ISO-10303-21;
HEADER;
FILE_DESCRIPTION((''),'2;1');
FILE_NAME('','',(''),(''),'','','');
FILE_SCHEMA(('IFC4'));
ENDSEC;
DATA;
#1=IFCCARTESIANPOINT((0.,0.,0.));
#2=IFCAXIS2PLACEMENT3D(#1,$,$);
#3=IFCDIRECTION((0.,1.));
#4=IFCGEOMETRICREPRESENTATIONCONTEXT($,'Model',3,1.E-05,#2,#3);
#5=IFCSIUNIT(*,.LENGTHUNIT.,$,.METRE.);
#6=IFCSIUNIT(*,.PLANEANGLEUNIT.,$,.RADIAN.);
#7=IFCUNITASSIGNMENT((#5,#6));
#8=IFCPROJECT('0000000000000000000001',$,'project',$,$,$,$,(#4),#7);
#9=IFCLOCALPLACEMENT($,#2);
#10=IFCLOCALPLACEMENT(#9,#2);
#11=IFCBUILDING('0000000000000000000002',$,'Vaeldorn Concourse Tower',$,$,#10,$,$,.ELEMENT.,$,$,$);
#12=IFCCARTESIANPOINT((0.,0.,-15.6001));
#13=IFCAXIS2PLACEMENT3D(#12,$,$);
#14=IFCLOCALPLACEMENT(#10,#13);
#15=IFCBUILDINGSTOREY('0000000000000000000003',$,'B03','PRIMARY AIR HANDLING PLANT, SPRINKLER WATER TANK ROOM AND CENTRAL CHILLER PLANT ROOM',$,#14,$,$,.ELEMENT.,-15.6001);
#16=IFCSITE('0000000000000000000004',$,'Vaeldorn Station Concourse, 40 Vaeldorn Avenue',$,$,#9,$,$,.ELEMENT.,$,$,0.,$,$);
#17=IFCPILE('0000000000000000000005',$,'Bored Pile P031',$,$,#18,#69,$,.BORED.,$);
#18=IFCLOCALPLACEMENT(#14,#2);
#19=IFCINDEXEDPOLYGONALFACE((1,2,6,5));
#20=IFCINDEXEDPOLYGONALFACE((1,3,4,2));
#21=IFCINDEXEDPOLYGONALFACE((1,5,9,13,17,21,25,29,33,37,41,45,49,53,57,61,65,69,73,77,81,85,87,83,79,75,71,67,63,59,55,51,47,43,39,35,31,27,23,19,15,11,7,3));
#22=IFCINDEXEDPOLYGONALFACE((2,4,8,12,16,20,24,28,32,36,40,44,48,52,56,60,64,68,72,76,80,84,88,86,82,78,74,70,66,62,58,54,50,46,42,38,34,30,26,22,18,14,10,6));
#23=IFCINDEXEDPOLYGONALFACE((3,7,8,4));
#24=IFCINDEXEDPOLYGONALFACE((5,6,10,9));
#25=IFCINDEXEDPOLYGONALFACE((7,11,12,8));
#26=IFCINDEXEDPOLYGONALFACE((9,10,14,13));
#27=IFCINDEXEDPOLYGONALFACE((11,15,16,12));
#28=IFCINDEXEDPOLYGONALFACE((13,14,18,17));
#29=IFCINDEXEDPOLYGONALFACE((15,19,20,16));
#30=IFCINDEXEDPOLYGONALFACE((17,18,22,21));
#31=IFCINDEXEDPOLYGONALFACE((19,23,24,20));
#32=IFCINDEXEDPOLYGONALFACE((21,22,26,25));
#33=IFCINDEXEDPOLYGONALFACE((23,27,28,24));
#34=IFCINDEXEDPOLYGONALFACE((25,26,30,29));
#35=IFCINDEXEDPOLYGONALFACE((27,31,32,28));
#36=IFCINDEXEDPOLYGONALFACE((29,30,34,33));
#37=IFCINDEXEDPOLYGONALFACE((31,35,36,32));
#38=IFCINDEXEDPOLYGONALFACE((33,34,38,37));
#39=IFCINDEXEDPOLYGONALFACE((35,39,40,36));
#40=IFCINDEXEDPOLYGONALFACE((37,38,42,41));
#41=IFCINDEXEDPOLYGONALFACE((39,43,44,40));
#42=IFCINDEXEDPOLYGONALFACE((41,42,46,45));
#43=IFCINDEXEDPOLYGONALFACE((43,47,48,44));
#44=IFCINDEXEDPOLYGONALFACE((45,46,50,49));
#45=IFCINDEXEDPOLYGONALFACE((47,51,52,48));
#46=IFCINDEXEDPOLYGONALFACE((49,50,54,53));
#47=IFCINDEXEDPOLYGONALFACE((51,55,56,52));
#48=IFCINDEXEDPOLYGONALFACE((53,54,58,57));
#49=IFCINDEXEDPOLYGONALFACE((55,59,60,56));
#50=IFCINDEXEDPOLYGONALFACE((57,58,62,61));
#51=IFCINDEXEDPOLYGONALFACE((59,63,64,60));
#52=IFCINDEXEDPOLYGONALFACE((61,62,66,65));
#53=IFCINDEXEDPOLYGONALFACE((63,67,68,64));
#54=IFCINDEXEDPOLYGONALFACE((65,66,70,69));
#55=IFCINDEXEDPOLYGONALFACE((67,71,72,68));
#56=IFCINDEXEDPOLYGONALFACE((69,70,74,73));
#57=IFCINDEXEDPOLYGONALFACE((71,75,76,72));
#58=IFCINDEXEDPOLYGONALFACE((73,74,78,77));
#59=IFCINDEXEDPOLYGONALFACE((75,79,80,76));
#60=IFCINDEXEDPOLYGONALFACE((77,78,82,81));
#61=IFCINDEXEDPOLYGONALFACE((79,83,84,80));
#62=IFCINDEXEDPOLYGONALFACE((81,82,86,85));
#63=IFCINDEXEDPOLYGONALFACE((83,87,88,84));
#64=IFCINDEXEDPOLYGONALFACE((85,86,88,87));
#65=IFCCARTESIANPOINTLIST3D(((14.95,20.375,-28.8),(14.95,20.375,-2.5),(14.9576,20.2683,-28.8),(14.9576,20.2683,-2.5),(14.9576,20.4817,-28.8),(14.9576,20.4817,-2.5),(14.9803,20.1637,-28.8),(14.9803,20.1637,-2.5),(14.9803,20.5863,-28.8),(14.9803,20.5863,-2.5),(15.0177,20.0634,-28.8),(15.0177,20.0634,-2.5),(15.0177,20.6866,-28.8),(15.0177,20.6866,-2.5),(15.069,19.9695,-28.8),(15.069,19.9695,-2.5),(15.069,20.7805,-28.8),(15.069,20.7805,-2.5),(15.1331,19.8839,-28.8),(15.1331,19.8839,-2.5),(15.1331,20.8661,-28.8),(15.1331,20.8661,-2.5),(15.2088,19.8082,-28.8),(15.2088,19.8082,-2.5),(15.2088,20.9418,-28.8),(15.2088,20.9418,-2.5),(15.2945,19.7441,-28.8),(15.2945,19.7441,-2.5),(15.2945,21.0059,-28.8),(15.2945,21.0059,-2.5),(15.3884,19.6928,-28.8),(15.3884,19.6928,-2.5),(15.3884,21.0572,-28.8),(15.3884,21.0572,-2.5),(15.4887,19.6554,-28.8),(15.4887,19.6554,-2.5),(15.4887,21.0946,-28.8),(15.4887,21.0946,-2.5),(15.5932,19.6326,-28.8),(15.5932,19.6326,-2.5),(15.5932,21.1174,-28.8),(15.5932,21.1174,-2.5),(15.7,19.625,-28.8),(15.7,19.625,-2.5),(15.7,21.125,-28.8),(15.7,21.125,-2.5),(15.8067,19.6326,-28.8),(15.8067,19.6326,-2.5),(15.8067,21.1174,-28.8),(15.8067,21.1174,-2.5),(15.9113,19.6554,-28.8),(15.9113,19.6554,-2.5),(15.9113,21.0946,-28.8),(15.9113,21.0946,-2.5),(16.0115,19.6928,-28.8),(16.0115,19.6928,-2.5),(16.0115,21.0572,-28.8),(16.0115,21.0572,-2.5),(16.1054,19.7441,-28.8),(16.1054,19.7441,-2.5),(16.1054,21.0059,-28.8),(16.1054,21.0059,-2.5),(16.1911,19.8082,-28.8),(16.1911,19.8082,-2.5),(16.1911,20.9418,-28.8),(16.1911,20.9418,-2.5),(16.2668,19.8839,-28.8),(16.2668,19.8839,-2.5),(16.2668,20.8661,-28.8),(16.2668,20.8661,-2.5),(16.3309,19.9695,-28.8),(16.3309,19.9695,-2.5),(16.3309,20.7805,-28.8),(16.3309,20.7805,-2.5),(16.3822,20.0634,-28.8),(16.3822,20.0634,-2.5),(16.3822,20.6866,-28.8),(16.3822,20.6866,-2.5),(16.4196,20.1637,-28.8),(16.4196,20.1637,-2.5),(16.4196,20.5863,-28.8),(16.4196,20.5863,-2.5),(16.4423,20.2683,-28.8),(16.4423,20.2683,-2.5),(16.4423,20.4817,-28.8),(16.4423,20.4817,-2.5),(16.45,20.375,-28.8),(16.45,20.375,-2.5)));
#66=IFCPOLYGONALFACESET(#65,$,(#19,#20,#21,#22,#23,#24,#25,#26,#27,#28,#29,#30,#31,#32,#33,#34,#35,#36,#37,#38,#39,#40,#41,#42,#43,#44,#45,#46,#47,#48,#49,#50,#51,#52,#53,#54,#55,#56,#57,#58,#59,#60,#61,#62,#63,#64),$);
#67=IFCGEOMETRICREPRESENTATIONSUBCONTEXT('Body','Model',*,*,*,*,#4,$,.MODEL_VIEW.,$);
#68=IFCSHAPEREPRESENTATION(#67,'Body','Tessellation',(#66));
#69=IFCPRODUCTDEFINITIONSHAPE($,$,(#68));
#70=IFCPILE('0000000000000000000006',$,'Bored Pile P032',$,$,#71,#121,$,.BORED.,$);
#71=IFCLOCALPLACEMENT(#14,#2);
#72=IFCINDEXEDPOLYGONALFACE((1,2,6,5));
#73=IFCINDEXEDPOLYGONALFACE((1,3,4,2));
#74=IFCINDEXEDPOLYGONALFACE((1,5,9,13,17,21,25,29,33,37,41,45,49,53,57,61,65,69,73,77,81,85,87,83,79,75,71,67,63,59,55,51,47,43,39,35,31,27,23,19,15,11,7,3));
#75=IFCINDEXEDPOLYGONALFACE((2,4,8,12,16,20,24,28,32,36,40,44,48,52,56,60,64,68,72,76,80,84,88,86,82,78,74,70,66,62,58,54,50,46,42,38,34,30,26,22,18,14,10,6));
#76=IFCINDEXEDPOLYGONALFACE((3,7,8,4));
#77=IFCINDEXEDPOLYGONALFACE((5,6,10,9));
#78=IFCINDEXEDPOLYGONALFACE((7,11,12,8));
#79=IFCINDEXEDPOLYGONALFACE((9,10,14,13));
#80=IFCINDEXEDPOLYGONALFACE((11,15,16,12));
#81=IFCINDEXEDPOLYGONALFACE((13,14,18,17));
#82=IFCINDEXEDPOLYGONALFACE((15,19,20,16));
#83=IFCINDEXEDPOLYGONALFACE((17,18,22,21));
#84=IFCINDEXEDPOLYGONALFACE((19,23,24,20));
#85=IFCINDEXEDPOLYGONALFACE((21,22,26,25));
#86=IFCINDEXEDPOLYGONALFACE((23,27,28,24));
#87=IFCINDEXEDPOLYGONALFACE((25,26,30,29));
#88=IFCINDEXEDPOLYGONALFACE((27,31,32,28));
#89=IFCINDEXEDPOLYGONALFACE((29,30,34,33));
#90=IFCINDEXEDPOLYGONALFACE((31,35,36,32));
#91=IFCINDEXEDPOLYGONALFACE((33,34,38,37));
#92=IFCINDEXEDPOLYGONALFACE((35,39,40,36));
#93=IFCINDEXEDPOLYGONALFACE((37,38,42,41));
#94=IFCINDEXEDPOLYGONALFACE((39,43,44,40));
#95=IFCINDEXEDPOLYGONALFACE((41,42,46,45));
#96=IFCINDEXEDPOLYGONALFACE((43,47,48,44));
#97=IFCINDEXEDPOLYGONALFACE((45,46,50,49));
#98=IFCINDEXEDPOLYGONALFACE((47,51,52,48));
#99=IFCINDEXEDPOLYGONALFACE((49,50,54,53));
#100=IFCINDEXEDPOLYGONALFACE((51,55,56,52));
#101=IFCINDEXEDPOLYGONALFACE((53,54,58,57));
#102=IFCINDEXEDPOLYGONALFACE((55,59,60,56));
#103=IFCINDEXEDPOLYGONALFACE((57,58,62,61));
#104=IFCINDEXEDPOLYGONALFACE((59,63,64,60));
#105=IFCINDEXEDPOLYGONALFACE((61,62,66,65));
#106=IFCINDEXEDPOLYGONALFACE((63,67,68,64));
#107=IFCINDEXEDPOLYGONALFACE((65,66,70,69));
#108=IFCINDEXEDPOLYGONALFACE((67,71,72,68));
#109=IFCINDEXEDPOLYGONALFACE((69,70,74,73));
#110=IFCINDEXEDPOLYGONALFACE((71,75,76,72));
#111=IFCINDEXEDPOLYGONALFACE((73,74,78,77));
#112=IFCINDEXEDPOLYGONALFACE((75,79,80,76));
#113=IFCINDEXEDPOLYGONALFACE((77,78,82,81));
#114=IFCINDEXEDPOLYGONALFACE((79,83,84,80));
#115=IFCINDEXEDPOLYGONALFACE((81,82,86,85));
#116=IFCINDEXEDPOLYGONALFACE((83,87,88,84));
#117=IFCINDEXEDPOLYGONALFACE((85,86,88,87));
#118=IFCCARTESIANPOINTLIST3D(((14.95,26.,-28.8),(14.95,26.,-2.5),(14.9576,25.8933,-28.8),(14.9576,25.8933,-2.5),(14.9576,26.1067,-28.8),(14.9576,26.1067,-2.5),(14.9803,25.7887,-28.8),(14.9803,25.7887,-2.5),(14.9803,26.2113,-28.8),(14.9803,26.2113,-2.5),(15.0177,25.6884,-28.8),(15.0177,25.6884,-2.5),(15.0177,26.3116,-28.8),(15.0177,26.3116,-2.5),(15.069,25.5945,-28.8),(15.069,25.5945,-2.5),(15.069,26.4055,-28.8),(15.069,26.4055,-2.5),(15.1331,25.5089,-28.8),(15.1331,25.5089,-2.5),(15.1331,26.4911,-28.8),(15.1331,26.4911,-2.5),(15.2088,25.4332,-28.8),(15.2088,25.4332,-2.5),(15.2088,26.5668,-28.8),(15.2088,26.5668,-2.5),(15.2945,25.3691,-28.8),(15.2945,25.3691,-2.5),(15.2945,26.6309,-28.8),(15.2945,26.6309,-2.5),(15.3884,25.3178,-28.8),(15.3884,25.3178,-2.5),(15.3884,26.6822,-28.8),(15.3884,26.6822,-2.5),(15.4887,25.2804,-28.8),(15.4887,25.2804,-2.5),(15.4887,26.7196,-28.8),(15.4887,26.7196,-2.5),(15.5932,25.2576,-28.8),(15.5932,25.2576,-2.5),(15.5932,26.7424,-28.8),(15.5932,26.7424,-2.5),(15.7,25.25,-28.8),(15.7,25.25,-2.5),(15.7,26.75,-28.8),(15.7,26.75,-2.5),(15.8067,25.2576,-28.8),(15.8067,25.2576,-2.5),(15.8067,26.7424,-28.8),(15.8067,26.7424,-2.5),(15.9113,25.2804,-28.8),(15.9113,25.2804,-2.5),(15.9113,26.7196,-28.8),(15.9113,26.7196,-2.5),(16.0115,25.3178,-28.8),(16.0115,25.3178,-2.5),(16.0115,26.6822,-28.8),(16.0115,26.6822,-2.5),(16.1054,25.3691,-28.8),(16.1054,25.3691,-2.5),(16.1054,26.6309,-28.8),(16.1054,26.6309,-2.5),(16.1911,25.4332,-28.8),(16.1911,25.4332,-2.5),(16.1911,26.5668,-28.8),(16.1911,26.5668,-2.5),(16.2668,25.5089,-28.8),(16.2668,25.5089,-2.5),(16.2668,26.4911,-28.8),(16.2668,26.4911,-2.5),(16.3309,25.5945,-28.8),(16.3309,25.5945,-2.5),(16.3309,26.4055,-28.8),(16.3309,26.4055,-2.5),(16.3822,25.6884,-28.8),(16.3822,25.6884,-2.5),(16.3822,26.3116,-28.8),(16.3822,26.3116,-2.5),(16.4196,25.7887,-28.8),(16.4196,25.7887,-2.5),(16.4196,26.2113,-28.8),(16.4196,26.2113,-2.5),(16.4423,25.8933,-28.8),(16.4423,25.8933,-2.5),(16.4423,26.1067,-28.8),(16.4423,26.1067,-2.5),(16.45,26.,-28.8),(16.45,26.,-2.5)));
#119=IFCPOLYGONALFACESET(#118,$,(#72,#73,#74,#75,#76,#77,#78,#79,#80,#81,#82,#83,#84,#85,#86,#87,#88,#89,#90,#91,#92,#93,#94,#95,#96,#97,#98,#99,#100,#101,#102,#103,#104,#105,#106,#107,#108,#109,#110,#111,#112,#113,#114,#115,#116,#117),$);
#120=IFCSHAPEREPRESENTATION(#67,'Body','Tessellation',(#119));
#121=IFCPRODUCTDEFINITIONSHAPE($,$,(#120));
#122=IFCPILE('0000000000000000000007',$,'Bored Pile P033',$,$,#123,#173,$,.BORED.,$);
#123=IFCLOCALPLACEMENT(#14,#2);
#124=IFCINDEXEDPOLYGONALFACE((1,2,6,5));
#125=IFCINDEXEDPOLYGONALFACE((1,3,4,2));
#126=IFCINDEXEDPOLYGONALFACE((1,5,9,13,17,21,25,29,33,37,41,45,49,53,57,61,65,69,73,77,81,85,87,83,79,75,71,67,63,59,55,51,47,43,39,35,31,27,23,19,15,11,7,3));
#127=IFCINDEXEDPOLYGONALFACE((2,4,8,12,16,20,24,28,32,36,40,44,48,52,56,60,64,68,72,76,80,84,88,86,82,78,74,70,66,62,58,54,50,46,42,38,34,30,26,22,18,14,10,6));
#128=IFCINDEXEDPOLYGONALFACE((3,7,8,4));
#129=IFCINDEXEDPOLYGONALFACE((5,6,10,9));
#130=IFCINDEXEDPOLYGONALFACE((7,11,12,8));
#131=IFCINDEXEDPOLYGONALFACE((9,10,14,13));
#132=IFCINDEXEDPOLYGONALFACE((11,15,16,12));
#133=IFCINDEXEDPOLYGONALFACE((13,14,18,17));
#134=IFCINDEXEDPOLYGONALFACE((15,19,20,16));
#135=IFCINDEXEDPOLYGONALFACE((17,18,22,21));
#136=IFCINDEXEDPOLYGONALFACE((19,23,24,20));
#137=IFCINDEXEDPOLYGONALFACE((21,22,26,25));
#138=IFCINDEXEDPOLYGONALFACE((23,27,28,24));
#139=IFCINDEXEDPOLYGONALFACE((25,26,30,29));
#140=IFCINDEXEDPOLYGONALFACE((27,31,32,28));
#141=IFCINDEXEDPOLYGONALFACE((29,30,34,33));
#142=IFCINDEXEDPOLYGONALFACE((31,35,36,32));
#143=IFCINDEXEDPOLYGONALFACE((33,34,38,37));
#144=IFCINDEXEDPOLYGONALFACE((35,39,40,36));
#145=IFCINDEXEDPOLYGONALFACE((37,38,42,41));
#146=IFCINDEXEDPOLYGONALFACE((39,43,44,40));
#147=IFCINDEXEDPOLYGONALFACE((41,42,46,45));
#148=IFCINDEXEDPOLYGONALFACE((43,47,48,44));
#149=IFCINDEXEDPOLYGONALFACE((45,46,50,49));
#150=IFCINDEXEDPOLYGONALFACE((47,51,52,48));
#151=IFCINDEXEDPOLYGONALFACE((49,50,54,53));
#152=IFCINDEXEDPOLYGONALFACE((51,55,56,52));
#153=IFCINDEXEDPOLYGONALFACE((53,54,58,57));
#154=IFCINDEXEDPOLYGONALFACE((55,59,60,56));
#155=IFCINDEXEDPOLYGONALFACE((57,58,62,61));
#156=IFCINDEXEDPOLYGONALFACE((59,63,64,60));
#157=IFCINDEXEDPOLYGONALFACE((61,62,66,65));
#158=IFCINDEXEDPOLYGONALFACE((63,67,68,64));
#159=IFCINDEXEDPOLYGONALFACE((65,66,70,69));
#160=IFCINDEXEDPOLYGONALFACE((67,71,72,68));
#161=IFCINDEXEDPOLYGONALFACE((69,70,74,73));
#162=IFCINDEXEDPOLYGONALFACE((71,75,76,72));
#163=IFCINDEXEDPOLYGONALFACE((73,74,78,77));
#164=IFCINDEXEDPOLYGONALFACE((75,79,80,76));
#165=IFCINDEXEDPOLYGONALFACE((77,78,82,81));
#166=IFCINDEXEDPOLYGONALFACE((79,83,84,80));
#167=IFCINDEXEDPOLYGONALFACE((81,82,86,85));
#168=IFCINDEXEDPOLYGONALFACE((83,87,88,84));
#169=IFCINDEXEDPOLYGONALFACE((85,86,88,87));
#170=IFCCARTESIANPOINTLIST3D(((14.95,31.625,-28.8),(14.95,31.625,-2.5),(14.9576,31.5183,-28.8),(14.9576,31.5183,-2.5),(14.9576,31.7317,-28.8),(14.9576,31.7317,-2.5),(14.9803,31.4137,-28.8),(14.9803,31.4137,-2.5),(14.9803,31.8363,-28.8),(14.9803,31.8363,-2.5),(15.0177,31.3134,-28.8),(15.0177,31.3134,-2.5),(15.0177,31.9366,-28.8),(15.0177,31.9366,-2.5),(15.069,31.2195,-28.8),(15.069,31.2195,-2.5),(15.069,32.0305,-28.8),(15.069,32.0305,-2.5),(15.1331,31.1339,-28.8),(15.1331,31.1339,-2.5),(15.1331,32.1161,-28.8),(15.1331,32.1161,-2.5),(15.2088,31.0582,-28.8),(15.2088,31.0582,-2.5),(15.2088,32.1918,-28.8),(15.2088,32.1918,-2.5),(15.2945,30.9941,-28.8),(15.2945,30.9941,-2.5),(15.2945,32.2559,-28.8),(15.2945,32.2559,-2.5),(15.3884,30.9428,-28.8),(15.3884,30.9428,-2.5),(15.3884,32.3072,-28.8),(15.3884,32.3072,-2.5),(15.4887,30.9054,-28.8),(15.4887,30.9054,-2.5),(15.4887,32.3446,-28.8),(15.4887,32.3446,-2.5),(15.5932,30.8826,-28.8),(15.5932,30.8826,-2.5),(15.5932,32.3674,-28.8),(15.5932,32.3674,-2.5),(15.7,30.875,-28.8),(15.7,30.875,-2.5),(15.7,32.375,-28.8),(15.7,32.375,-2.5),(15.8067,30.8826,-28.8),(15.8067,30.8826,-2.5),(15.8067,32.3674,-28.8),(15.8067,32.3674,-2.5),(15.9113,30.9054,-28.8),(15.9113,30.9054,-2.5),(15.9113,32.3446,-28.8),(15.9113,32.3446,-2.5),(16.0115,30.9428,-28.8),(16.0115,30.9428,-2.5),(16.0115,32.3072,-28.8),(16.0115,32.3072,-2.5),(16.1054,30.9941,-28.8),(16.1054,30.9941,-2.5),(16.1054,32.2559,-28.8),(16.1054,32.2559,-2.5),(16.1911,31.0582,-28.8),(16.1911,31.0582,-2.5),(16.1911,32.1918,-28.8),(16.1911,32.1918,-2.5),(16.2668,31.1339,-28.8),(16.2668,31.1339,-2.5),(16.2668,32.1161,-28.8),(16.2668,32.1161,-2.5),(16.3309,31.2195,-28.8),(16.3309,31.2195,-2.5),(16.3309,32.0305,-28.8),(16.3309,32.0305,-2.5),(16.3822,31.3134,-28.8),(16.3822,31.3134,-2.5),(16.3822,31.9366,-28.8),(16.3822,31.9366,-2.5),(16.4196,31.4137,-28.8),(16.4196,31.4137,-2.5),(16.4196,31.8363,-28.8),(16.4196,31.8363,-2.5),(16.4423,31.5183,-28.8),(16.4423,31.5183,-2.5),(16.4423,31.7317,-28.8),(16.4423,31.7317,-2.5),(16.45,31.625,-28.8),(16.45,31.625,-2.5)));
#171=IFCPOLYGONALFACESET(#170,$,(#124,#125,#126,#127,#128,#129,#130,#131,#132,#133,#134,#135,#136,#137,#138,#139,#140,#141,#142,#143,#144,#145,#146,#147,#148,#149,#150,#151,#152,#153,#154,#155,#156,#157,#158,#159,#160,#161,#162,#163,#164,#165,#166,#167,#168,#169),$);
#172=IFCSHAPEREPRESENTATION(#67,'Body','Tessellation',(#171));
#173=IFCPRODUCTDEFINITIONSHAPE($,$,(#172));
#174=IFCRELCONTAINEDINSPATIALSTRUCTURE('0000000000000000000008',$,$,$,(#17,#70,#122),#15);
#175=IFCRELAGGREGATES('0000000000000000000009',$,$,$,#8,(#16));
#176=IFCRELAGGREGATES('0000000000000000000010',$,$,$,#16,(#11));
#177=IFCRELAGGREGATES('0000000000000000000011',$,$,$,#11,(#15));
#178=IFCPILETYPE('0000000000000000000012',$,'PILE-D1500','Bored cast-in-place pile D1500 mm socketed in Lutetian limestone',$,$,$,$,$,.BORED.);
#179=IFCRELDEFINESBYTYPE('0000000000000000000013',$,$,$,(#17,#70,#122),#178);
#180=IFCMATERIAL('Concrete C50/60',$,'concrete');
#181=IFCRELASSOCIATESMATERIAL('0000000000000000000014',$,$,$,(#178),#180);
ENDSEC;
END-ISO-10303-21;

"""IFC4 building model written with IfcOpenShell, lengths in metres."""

from ifc_helpers import new_model, si_unit, direction, frame, origin, origin_2d, place, context, subcontext, project, spatial, circle, extrude, material, material_profile, profile_set, type_object, element, save


model = new_model("IFC4")

# Units and contexts
model_context = context("Model", 3, precision=1e-05, world=origin(), true_north=direction((0.0, 1.0)))
body_context = subcontext(model_context, "Body", "Model", "MODEL_VIEW")
ifc_project = project(units=[si_unit("LENGTHUNIT", "METRE"), si_unit("PLANEANGLEUNIT", "RADIAN")], contexts=[model_context])

# Site, building, storey
site_placement = place(None, origin())
site = spatial("IfcSite", under=ifc_project, at=site_placement, Name="Vaeldorn Station Concourse, 40 Vaeldorn Avenue", CompositionType="ELEMENT", RefElevation=0.0)
building_placement = place(site_placement, origin())
building = spatial("IfcBuilding", under=site, at=building_placement, Name="Vaeldorn Concourse Tower", CompositionType="ELEMENT")
storey_placement = place(building_placement, frame((0.0, 0.0, -15.6001)))
storey = spatial("IfcBuildingStorey", under=building, at=storey_placement, Name="B03", Description="PRIMARY AIR HANDLING PLANT, SPRINKLER WATER TANK ROOM AND CENTRAL CHILLER PLANT ROOM", CompositionType="ELEMENT", Elevation=-15.6001)

# Piles
ifc_material_1 = material(Name="Concrete C50/60", Category="concrete")
ifc_material_profile_1 = material_profile(ifc_material_1, circle(Radius=0.75, at=origin_2d()), Name="BORED PILE D1500")
ifc_profile_set_1 = profile_set([ifc_material_profile_1], Name="Concrete C50/60")
pile_type = type_object("IfcPileType", Name="PILE-D1500", Description="Bored cast-in-place pile D1500 mm socketed in Lutetian limestone", PredefinedType="BORED", material=ifc_profile_set_1)
for number, where, z_axis, x_axis, name in (
    (1, (15.7, 20.375, -2.5), (0.0, 0.0, -1.0), (1.0, 0.0, 0.0), "Bored Pile P031"),
    (2, (15.7, 26.0, -2.5), (0.0, 0.0, -1.0), (1.0, 0.0, 0.0), "Bored Pile P032"),
    (3, (15.7, 31.625, -2.5), (0.0, 0.0, -1.0), (1.0, 0.0, 0.0), "Bored Pile P033"),
):
    element("IfcPile", number, at=place(storey_placement, frame(where, z_axis=z_axis, x_axis=x_axis)), inside=storey, type_object=pile_type, Name=name, PredefinedType="BORED", context=body_context, shape_type="SweptSolid", body=[
        extrude(circle(Radius=0.75, at=origin_2d()), origin(), (0.0, 0.0, 1.0), 26.3),
    ])

save(model, "model.ifc")
